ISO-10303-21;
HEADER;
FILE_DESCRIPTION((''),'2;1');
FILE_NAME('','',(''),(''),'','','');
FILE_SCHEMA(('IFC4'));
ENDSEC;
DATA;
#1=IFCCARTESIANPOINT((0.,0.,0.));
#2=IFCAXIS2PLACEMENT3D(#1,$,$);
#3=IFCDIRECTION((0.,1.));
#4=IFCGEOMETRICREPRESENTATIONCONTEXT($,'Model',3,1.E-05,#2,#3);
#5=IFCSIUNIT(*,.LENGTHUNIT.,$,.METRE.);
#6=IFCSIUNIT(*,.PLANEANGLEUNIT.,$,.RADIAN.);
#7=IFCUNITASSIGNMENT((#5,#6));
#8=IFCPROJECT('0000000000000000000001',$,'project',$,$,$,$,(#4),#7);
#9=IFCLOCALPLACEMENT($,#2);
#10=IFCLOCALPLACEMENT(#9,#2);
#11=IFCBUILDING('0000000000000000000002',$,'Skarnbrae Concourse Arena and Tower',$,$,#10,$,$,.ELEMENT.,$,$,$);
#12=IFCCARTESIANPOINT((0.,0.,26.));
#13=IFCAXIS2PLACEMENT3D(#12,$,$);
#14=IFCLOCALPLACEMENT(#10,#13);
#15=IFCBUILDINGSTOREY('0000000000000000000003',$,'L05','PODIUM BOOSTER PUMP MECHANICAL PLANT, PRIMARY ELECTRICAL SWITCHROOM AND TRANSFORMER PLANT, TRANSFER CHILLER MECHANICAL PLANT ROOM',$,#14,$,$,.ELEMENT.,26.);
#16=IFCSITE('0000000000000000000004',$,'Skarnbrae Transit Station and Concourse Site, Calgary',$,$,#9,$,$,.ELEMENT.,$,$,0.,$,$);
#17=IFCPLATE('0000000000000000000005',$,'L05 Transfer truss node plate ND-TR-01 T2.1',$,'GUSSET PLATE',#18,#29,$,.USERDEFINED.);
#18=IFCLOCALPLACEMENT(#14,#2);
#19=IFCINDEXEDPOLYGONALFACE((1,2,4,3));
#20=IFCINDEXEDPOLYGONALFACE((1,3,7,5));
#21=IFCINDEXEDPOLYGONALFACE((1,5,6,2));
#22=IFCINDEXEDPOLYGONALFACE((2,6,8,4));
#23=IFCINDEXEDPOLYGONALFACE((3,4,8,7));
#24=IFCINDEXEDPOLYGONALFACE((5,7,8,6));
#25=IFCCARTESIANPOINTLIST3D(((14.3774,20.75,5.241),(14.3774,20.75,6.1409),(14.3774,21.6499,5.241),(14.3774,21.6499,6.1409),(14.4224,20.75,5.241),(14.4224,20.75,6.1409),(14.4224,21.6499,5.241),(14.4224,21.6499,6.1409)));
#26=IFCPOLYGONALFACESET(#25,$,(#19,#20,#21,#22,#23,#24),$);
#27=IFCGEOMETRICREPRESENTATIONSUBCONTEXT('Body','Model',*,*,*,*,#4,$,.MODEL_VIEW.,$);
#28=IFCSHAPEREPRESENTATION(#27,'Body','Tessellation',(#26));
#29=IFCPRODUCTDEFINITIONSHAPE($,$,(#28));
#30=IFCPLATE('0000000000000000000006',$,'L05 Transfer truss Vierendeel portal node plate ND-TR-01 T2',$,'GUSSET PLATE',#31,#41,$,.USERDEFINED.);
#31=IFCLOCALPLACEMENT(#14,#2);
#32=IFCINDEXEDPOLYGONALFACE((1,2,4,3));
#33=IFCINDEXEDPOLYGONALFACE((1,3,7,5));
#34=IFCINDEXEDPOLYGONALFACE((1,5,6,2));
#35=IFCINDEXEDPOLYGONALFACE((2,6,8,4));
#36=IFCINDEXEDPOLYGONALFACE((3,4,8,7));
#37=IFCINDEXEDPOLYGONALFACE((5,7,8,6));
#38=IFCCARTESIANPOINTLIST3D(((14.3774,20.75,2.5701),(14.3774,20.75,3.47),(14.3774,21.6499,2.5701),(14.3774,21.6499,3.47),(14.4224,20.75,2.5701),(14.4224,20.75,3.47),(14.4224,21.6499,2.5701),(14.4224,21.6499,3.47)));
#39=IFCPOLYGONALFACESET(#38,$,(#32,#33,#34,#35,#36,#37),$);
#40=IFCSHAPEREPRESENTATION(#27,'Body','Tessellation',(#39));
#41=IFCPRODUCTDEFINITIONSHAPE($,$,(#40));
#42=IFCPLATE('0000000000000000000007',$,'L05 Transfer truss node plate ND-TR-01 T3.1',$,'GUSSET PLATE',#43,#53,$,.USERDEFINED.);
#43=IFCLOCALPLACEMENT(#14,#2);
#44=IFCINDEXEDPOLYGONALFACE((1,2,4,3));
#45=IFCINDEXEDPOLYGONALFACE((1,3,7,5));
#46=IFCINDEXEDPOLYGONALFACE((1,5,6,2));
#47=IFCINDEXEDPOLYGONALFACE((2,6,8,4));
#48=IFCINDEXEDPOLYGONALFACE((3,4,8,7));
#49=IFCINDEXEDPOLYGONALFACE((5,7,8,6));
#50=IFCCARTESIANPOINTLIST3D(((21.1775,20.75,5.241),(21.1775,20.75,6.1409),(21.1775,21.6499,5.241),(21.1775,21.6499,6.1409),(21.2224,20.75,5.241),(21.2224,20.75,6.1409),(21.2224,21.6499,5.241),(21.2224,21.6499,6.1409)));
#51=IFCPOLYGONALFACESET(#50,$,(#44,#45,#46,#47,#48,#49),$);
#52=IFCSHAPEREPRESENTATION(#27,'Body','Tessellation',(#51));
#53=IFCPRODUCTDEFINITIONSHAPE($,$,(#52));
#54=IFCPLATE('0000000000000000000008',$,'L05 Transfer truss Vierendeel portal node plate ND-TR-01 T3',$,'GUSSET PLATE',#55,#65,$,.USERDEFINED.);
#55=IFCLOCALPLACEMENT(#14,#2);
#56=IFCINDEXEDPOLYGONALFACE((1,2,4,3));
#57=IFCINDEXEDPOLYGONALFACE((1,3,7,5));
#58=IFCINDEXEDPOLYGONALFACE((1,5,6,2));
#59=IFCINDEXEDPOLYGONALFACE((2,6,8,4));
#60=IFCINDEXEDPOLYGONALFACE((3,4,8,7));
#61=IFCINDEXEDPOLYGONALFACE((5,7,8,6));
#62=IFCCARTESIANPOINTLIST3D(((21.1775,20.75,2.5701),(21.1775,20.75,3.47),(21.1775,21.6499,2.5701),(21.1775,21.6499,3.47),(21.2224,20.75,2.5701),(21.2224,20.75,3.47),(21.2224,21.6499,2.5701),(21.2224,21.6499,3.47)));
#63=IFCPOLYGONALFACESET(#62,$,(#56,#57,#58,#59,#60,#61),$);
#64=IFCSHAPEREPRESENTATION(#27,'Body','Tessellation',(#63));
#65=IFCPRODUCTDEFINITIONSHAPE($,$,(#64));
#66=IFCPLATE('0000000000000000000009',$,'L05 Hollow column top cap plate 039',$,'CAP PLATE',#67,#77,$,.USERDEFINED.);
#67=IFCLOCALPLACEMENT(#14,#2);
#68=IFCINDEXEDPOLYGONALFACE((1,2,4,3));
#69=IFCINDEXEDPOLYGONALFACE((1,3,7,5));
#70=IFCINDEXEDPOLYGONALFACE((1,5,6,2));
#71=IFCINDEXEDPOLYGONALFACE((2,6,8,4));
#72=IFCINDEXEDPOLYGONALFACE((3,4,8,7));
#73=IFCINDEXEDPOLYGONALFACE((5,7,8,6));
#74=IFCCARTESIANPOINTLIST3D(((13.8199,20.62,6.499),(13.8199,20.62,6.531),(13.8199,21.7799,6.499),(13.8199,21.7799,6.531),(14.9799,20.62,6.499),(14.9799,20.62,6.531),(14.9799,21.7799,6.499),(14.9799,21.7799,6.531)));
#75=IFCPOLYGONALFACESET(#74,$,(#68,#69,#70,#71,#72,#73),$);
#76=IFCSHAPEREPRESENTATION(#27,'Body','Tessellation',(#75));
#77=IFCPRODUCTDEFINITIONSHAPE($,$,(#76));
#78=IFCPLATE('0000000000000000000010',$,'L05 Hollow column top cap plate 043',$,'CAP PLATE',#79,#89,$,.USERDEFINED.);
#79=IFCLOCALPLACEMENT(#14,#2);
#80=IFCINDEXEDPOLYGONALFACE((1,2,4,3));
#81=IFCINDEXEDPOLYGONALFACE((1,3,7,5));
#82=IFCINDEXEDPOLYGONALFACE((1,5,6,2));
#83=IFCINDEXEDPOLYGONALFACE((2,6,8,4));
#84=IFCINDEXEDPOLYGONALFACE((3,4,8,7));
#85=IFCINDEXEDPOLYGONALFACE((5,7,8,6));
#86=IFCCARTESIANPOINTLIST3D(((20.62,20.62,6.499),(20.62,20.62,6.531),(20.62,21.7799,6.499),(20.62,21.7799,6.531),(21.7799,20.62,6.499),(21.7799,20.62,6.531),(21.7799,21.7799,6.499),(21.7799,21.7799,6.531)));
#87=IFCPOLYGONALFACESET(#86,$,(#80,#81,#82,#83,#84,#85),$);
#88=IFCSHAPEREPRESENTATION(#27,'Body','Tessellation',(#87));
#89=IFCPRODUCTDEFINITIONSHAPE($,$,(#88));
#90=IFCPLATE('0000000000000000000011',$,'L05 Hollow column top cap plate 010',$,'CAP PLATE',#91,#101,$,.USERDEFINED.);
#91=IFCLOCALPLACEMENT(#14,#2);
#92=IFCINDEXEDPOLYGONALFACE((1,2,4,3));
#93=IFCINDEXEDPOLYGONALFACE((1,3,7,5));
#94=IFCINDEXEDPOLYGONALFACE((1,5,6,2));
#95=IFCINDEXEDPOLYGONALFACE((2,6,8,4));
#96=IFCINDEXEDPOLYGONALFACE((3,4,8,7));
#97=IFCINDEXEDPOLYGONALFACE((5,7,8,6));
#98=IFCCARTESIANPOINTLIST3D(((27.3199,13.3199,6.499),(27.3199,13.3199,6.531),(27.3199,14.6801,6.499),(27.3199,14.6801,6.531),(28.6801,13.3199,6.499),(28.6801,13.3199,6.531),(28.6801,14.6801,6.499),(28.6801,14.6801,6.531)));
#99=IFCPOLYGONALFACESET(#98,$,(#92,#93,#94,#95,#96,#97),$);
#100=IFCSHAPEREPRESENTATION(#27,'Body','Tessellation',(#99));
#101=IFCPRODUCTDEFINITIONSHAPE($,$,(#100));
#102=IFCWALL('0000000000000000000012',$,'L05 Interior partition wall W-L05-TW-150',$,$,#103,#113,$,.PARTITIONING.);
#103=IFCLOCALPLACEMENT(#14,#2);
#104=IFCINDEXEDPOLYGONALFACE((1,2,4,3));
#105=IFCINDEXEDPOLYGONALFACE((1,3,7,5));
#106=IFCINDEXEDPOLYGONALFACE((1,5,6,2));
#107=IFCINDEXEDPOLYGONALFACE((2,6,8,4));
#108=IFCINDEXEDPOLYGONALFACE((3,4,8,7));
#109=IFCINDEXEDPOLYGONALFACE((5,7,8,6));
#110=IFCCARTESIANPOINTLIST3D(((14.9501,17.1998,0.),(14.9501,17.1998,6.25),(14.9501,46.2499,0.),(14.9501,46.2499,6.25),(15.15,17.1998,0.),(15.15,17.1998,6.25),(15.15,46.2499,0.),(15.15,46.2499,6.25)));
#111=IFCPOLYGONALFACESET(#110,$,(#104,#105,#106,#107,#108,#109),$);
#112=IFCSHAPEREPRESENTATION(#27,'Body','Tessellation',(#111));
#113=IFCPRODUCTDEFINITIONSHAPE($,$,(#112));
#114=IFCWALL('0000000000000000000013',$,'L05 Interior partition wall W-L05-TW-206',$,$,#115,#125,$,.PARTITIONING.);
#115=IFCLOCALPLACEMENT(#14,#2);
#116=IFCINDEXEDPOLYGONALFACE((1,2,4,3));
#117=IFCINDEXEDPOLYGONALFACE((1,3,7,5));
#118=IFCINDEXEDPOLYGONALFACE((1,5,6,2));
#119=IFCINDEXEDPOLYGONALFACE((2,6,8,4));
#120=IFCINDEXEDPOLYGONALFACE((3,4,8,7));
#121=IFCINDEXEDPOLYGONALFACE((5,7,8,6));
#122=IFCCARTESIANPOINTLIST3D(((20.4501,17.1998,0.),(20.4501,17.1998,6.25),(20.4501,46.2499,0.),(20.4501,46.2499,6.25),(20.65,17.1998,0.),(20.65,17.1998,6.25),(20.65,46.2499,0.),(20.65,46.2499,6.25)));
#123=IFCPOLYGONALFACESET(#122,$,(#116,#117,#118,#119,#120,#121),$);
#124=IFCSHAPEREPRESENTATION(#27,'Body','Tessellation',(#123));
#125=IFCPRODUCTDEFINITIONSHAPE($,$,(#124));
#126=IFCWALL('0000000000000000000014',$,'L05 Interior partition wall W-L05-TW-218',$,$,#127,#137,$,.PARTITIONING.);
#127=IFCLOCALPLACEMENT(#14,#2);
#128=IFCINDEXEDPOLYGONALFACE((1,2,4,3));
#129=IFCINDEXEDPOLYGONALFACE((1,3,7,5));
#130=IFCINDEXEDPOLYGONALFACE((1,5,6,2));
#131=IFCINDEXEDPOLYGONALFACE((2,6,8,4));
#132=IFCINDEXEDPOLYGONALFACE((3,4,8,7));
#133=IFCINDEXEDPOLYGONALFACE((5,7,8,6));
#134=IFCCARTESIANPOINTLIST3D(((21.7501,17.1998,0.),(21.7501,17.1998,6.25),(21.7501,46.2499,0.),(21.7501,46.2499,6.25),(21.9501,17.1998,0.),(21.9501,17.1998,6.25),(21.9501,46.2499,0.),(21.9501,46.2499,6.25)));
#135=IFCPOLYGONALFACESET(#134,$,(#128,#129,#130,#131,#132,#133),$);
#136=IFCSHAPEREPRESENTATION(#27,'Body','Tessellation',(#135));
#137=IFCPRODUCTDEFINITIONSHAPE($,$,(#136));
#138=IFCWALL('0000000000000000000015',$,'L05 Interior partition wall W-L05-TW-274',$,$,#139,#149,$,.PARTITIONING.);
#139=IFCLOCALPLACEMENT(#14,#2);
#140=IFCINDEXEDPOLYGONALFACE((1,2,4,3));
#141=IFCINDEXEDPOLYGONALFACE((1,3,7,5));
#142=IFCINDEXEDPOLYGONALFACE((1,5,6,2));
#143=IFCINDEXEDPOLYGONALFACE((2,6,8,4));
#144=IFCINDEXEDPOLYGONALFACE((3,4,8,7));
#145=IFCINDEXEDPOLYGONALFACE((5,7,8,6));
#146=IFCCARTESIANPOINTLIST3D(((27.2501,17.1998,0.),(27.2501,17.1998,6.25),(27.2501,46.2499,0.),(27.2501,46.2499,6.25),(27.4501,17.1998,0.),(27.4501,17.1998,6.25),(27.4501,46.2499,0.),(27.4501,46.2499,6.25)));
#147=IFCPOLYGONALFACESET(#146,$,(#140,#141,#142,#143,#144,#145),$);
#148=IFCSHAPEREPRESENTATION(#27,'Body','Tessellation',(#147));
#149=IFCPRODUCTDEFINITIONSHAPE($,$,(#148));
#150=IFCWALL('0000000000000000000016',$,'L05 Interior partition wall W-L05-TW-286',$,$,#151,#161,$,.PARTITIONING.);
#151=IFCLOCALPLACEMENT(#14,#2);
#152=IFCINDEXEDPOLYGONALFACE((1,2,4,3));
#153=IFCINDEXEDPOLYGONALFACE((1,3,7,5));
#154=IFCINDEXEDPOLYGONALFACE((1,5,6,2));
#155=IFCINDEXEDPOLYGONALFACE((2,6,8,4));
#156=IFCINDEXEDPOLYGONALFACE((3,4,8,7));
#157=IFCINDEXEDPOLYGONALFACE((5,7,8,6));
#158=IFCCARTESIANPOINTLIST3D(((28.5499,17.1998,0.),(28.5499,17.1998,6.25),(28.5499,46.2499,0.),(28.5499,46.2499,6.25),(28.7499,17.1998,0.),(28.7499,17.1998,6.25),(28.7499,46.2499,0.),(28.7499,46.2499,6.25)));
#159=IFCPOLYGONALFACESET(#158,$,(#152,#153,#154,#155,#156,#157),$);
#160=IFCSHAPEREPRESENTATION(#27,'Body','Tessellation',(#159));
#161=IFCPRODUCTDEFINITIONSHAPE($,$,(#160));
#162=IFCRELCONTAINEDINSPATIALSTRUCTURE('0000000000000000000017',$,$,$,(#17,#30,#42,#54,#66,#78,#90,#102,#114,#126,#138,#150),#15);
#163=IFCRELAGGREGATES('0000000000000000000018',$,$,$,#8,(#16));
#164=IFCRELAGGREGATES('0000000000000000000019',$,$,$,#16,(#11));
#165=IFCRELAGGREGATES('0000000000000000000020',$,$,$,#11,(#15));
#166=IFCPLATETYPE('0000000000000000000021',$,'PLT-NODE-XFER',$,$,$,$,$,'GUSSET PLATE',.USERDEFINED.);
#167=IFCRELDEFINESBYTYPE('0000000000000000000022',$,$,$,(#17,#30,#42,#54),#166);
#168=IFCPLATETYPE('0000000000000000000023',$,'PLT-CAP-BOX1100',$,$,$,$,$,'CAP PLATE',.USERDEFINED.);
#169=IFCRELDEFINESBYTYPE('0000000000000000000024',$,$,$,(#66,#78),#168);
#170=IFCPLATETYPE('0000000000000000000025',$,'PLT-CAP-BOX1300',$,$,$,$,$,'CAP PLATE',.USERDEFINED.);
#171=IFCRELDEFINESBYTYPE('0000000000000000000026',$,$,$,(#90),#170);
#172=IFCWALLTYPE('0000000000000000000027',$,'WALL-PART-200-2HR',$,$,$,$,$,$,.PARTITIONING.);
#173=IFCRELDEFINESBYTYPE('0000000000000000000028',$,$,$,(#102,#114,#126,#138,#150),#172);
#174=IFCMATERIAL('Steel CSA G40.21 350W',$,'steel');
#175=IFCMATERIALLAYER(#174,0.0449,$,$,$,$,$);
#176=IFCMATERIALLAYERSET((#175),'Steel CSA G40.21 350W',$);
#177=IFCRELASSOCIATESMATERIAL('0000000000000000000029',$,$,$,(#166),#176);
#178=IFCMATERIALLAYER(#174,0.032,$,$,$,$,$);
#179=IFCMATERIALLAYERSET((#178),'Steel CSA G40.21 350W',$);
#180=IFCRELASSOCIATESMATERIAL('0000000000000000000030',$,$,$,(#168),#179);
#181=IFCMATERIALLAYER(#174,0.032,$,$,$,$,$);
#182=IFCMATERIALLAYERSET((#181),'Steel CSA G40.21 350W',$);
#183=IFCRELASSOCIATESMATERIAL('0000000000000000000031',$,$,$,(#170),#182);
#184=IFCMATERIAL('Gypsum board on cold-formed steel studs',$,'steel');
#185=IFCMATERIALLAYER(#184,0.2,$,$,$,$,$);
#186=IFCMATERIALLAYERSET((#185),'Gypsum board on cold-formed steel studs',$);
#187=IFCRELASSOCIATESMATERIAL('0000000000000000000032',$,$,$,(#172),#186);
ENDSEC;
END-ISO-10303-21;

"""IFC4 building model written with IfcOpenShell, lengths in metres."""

from ifc_helpers import new_model, si_unit, direction, frame, frame_2d, origin, origin_2d, place, context, subcontext, project, spatial, rectangle, extrude, source, transform, mapped, material, layer, layer_set, type_object, element, save


model = new_model("IFC4")

# Units and contexts
model_context = context("Model", 3, precision=1e-05, world=origin(), true_north=direction((0.0, 1.0)))
body_context = subcontext(model_context, "Body", "Model", "MODEL_VIEW")
ifc_project = project(units=[si_unit("LENGTHUNIT", "METRE"), si_unit("PLANEANGLEUNIT", "RADIAN")], contexts=[model_context])

# Site, building, storey
site_placement = place(None, origin())
site = spatial("IfcSite", under=ifc_project, at=site_placement, Name="Skarnbrae Transit Station and Concourse Site, Calgary", CompositionType="ELEMENT", RefElevation=0.0)
building_placement = place(site_placement, origin())
building = spatial("IfcBuilding", under=site, at=building_placement, Name="Skarnbrae Concourse Arena and Tower", CompositionType="ELEMENT")
storey_placement = place(building_placement, frame((0.0, 0.0, 26.0)))
storey = spatial("IfcBuildingStorey", under=building, at=storey_placement, Name="L05", Description="PODIUM BOOSTER PUMP MECHANICAL PLANT, PRIMARY ELECTRICAL SWITCHROOM AND TRANSFORMER PLANT, TRANSFER CHILLER MECHANICAL PLANT ROOM", CompositionType="ELEMENT", Elevation=26.0)

# Shared definitions
ifc_material_1 = material(Name="Steel CSA G40.21 350W", Category="steel")

# Plates
ifc_layer_1 = layer(ifc_material_1, 0.0449)
ifc_layer_set_1 = layer_set([ifc_layer_1], Name="Steel CSA G40.21 350W")
plate_type_1 = type_object("IfcPlateType", Name="PLT-NODE-XFER", ElementType="GUSSET PLATE", PredefinedType="USERDEFINED", material=ifc_layer_set_1)
shared_shape_1 = source(origin(), body_context, "Body", "SweptSolid", [
    extrude(rectangle(XDim=0.8999, YDim=0.0449, at=origin_2d()), origin(), (0.0, 0.0, 1.0), 0.8999),
])
for number, where, z_axis, x_axis, name in (
    (1, (14.3999, 21.2, 5.241), (0.0, 0.0, 1.0), (0.0, 1.0, 0.0), "L05 Transfer truss node plate ND-TR-01 T2.1"),
    (2, (14.3999, 21.2, 2.5701), (0.0, 0.0, 1.0), (0.0, 1.0, 0.0), "L05 Transfer truss Vierendeel portal node plate ND-TR-01 T2"),
    (3, (21.2, 21.2, 5.241), (0.0, 0.0, 1.0), (0.0, 1.0, 0.0), "L05 Transfer truss node plate ND-TR-01 T3.1"),
    (4, (21.2, 21.2, 2.5701), (0.0, 0.0, 1.0), (0.0, 1.0, 0.0), "L05 Transfer truss Vierendeel portal node plate ND-TR-01 T3"),
):
    element("IfcPlate", number, at=place(storey_placement, frame(where, z_axis=z_axis, x_axis=x_axis)), inside=storey, type_object=plate_type_1, Name=name, ObjectType="GUSSET PLATE", PredefinedType="USERDEFINED", context=body_context, shape_type="MappedRepresentation", body=[
        mapped(shared_shape_1, transform((0.0, 0.0, 0.0))),
    ])
ifc_layer_2 = layer(ifc_material_1, 0.032)
ifc_layer_set_2 = layer_set([ifc_layer_2], Name="Steel CSA G40.21 350W")
plate_type_2 = type_object("IfcPlateType", Name="PLT-CAP-BOX1100", ElementType="CAP PLATE", PredefinedType="USERDEFINED", material=ifc_layer_set_2)
shared_shape_2 = source(origin(), body_context, "Body", "SweptSolid", [
    extrude(rectangle(XDim=1.1599, YDim=1.1599, at=origin_2d()), origin(), (0.0, 0.0, 1.0), 0.032),
])
for number, where, z_axis, x_axis, name in (
    (5, (14.3999, 21.2, 6.499), (0.0, 0.0, 1.0), (1.0, 0.0, 0.0), "L05 Hollow column top cap plate 039"),
    (6, (21.2, 21.2, 6.499), (0.0, 0.0, 1.0), (1.0, 0.0, 0.0), "L05 Hollow column top cap plate 043"),
):
    element("IfcPlate", number, at=place(storey_placement, frame(where, z_axis=z_axis, x_axis=x_axis)), inside=storey, type_object=plate_type_2, Name=name, ObjectType="CAP PLATE", PredefinedType="USERDEFINED", context=body_context, shape_type="MappedRepresentation", body=[
        mapped(shared_shape_2, transform((0.0, 0.0, 0.0))),
    ])
ifc_layer_3 = layer(ifc_material_1, 0.032)
ifc_layer_set_3 = layer_set([ifc_layer_3], Name="Steel CSA G40.21 350W")
plate_type_3 = type_object("IfcPlateType", Name="PLT-CAP-BOX1300", ElementType="CAP PLATE", PredefinedType="USERDEFINED", material=ifc_layer_set_3)
shared_shape_3 = source(origin(), body_context, "Body", "SweptSolid", [
    extrude(rectangle(XDim=1.3601, YDim=1.3601, at=origin_2d()), origin(), (0.0, 0.0, 1.0), 0.032),
])
plate_placement = place(storey_placement, frame((28.0, 14.0, 6.499), z_axis=(0.0, 0.0, 1.0), x_axis=(1.0, 0.0, 0.0)))
element("IfcPlate", 7, at=plate_placement, inside=storey, type_object=plate_type_3, Name="L05 Hollow column top cap plate 010", ObjectType="CAP PLATE", PredefinedType="USERDEFINED", context=body_context, shape_type="MappedRepresentation", body=[
    mapped(shared_shape_3, transform((0.0, 0.0, 0.0))),
])

# Walls
ifc_material_2 = material(Name="Gypsum board on cold-formed steel studs", Category="steel")
ifc_layer_4 = layer(ifc_material_2, 0.2)
ifc_layer_set_4 = layer_set([ifc_layer_4], Name="Gypsum board on cold-formed steel studs")
wall_type = type_object("IfcWallType", Name="WALL-PART-200-2HR", PredefinedType="PARTITIONING", material=ifc_layer_set_4)
shared_shape_4 = source(origin(), body_context, "Body", "SweptSolid", [
    extrude(rectangle(XDim=29.05, YDim=0.2, at=frame_2d((14.5249, 0.0))), origin(), (0.0, 0.0, 1.0), 6.25),
])
for number, where, z_axis, x_axis, name in (
    (8, (15.05, 17.2, 0.0), (0.0, 0.0, 1.0), (0.0, 1.0, 0.0), "L05 Interior partition wall W-L05-TW-150"),
    (9, (20.55, 17.2, 0.0), (0.0, 0.0, 1.0), (0.0, 1.0, 0.0), "L05 Interior partition wall W-L05-TW-206"),
    (10, (21.8501, 17.2, 0.0), (0.0, 0.0, 1.0), (0.0, 1.0, 0.0), "L05 Interior partition wall W-L05-TW-218"),
    (11, (27.3501, 17.2, 0.0), (0.0, 0.0, 1.0), (0.0, 1.0, 0.0), "L05 Interior partition wall W-L05-TW-274"),
    (12, (28.6499, 17.2, 0.0), (0.0, 0.0, 1.0), (0.0, 1.0, 0.0), "L05 Interior partition wall W-L05-TW-286"),
):
    element("IfcWall", number, at=place(storey_placement, frame(where, z_axis=z_axis, x_axis=x_axis)), inside=storey, type_object=wall_type, Name=name, PredefinedType="PARTITIONING", context=body_context, shape_type="MappedRepresentation", body=[
        mapped(shared_shape_4, transform((0.0, 0.0, 0.0))),
    ])

save(model, "model.ifc")
